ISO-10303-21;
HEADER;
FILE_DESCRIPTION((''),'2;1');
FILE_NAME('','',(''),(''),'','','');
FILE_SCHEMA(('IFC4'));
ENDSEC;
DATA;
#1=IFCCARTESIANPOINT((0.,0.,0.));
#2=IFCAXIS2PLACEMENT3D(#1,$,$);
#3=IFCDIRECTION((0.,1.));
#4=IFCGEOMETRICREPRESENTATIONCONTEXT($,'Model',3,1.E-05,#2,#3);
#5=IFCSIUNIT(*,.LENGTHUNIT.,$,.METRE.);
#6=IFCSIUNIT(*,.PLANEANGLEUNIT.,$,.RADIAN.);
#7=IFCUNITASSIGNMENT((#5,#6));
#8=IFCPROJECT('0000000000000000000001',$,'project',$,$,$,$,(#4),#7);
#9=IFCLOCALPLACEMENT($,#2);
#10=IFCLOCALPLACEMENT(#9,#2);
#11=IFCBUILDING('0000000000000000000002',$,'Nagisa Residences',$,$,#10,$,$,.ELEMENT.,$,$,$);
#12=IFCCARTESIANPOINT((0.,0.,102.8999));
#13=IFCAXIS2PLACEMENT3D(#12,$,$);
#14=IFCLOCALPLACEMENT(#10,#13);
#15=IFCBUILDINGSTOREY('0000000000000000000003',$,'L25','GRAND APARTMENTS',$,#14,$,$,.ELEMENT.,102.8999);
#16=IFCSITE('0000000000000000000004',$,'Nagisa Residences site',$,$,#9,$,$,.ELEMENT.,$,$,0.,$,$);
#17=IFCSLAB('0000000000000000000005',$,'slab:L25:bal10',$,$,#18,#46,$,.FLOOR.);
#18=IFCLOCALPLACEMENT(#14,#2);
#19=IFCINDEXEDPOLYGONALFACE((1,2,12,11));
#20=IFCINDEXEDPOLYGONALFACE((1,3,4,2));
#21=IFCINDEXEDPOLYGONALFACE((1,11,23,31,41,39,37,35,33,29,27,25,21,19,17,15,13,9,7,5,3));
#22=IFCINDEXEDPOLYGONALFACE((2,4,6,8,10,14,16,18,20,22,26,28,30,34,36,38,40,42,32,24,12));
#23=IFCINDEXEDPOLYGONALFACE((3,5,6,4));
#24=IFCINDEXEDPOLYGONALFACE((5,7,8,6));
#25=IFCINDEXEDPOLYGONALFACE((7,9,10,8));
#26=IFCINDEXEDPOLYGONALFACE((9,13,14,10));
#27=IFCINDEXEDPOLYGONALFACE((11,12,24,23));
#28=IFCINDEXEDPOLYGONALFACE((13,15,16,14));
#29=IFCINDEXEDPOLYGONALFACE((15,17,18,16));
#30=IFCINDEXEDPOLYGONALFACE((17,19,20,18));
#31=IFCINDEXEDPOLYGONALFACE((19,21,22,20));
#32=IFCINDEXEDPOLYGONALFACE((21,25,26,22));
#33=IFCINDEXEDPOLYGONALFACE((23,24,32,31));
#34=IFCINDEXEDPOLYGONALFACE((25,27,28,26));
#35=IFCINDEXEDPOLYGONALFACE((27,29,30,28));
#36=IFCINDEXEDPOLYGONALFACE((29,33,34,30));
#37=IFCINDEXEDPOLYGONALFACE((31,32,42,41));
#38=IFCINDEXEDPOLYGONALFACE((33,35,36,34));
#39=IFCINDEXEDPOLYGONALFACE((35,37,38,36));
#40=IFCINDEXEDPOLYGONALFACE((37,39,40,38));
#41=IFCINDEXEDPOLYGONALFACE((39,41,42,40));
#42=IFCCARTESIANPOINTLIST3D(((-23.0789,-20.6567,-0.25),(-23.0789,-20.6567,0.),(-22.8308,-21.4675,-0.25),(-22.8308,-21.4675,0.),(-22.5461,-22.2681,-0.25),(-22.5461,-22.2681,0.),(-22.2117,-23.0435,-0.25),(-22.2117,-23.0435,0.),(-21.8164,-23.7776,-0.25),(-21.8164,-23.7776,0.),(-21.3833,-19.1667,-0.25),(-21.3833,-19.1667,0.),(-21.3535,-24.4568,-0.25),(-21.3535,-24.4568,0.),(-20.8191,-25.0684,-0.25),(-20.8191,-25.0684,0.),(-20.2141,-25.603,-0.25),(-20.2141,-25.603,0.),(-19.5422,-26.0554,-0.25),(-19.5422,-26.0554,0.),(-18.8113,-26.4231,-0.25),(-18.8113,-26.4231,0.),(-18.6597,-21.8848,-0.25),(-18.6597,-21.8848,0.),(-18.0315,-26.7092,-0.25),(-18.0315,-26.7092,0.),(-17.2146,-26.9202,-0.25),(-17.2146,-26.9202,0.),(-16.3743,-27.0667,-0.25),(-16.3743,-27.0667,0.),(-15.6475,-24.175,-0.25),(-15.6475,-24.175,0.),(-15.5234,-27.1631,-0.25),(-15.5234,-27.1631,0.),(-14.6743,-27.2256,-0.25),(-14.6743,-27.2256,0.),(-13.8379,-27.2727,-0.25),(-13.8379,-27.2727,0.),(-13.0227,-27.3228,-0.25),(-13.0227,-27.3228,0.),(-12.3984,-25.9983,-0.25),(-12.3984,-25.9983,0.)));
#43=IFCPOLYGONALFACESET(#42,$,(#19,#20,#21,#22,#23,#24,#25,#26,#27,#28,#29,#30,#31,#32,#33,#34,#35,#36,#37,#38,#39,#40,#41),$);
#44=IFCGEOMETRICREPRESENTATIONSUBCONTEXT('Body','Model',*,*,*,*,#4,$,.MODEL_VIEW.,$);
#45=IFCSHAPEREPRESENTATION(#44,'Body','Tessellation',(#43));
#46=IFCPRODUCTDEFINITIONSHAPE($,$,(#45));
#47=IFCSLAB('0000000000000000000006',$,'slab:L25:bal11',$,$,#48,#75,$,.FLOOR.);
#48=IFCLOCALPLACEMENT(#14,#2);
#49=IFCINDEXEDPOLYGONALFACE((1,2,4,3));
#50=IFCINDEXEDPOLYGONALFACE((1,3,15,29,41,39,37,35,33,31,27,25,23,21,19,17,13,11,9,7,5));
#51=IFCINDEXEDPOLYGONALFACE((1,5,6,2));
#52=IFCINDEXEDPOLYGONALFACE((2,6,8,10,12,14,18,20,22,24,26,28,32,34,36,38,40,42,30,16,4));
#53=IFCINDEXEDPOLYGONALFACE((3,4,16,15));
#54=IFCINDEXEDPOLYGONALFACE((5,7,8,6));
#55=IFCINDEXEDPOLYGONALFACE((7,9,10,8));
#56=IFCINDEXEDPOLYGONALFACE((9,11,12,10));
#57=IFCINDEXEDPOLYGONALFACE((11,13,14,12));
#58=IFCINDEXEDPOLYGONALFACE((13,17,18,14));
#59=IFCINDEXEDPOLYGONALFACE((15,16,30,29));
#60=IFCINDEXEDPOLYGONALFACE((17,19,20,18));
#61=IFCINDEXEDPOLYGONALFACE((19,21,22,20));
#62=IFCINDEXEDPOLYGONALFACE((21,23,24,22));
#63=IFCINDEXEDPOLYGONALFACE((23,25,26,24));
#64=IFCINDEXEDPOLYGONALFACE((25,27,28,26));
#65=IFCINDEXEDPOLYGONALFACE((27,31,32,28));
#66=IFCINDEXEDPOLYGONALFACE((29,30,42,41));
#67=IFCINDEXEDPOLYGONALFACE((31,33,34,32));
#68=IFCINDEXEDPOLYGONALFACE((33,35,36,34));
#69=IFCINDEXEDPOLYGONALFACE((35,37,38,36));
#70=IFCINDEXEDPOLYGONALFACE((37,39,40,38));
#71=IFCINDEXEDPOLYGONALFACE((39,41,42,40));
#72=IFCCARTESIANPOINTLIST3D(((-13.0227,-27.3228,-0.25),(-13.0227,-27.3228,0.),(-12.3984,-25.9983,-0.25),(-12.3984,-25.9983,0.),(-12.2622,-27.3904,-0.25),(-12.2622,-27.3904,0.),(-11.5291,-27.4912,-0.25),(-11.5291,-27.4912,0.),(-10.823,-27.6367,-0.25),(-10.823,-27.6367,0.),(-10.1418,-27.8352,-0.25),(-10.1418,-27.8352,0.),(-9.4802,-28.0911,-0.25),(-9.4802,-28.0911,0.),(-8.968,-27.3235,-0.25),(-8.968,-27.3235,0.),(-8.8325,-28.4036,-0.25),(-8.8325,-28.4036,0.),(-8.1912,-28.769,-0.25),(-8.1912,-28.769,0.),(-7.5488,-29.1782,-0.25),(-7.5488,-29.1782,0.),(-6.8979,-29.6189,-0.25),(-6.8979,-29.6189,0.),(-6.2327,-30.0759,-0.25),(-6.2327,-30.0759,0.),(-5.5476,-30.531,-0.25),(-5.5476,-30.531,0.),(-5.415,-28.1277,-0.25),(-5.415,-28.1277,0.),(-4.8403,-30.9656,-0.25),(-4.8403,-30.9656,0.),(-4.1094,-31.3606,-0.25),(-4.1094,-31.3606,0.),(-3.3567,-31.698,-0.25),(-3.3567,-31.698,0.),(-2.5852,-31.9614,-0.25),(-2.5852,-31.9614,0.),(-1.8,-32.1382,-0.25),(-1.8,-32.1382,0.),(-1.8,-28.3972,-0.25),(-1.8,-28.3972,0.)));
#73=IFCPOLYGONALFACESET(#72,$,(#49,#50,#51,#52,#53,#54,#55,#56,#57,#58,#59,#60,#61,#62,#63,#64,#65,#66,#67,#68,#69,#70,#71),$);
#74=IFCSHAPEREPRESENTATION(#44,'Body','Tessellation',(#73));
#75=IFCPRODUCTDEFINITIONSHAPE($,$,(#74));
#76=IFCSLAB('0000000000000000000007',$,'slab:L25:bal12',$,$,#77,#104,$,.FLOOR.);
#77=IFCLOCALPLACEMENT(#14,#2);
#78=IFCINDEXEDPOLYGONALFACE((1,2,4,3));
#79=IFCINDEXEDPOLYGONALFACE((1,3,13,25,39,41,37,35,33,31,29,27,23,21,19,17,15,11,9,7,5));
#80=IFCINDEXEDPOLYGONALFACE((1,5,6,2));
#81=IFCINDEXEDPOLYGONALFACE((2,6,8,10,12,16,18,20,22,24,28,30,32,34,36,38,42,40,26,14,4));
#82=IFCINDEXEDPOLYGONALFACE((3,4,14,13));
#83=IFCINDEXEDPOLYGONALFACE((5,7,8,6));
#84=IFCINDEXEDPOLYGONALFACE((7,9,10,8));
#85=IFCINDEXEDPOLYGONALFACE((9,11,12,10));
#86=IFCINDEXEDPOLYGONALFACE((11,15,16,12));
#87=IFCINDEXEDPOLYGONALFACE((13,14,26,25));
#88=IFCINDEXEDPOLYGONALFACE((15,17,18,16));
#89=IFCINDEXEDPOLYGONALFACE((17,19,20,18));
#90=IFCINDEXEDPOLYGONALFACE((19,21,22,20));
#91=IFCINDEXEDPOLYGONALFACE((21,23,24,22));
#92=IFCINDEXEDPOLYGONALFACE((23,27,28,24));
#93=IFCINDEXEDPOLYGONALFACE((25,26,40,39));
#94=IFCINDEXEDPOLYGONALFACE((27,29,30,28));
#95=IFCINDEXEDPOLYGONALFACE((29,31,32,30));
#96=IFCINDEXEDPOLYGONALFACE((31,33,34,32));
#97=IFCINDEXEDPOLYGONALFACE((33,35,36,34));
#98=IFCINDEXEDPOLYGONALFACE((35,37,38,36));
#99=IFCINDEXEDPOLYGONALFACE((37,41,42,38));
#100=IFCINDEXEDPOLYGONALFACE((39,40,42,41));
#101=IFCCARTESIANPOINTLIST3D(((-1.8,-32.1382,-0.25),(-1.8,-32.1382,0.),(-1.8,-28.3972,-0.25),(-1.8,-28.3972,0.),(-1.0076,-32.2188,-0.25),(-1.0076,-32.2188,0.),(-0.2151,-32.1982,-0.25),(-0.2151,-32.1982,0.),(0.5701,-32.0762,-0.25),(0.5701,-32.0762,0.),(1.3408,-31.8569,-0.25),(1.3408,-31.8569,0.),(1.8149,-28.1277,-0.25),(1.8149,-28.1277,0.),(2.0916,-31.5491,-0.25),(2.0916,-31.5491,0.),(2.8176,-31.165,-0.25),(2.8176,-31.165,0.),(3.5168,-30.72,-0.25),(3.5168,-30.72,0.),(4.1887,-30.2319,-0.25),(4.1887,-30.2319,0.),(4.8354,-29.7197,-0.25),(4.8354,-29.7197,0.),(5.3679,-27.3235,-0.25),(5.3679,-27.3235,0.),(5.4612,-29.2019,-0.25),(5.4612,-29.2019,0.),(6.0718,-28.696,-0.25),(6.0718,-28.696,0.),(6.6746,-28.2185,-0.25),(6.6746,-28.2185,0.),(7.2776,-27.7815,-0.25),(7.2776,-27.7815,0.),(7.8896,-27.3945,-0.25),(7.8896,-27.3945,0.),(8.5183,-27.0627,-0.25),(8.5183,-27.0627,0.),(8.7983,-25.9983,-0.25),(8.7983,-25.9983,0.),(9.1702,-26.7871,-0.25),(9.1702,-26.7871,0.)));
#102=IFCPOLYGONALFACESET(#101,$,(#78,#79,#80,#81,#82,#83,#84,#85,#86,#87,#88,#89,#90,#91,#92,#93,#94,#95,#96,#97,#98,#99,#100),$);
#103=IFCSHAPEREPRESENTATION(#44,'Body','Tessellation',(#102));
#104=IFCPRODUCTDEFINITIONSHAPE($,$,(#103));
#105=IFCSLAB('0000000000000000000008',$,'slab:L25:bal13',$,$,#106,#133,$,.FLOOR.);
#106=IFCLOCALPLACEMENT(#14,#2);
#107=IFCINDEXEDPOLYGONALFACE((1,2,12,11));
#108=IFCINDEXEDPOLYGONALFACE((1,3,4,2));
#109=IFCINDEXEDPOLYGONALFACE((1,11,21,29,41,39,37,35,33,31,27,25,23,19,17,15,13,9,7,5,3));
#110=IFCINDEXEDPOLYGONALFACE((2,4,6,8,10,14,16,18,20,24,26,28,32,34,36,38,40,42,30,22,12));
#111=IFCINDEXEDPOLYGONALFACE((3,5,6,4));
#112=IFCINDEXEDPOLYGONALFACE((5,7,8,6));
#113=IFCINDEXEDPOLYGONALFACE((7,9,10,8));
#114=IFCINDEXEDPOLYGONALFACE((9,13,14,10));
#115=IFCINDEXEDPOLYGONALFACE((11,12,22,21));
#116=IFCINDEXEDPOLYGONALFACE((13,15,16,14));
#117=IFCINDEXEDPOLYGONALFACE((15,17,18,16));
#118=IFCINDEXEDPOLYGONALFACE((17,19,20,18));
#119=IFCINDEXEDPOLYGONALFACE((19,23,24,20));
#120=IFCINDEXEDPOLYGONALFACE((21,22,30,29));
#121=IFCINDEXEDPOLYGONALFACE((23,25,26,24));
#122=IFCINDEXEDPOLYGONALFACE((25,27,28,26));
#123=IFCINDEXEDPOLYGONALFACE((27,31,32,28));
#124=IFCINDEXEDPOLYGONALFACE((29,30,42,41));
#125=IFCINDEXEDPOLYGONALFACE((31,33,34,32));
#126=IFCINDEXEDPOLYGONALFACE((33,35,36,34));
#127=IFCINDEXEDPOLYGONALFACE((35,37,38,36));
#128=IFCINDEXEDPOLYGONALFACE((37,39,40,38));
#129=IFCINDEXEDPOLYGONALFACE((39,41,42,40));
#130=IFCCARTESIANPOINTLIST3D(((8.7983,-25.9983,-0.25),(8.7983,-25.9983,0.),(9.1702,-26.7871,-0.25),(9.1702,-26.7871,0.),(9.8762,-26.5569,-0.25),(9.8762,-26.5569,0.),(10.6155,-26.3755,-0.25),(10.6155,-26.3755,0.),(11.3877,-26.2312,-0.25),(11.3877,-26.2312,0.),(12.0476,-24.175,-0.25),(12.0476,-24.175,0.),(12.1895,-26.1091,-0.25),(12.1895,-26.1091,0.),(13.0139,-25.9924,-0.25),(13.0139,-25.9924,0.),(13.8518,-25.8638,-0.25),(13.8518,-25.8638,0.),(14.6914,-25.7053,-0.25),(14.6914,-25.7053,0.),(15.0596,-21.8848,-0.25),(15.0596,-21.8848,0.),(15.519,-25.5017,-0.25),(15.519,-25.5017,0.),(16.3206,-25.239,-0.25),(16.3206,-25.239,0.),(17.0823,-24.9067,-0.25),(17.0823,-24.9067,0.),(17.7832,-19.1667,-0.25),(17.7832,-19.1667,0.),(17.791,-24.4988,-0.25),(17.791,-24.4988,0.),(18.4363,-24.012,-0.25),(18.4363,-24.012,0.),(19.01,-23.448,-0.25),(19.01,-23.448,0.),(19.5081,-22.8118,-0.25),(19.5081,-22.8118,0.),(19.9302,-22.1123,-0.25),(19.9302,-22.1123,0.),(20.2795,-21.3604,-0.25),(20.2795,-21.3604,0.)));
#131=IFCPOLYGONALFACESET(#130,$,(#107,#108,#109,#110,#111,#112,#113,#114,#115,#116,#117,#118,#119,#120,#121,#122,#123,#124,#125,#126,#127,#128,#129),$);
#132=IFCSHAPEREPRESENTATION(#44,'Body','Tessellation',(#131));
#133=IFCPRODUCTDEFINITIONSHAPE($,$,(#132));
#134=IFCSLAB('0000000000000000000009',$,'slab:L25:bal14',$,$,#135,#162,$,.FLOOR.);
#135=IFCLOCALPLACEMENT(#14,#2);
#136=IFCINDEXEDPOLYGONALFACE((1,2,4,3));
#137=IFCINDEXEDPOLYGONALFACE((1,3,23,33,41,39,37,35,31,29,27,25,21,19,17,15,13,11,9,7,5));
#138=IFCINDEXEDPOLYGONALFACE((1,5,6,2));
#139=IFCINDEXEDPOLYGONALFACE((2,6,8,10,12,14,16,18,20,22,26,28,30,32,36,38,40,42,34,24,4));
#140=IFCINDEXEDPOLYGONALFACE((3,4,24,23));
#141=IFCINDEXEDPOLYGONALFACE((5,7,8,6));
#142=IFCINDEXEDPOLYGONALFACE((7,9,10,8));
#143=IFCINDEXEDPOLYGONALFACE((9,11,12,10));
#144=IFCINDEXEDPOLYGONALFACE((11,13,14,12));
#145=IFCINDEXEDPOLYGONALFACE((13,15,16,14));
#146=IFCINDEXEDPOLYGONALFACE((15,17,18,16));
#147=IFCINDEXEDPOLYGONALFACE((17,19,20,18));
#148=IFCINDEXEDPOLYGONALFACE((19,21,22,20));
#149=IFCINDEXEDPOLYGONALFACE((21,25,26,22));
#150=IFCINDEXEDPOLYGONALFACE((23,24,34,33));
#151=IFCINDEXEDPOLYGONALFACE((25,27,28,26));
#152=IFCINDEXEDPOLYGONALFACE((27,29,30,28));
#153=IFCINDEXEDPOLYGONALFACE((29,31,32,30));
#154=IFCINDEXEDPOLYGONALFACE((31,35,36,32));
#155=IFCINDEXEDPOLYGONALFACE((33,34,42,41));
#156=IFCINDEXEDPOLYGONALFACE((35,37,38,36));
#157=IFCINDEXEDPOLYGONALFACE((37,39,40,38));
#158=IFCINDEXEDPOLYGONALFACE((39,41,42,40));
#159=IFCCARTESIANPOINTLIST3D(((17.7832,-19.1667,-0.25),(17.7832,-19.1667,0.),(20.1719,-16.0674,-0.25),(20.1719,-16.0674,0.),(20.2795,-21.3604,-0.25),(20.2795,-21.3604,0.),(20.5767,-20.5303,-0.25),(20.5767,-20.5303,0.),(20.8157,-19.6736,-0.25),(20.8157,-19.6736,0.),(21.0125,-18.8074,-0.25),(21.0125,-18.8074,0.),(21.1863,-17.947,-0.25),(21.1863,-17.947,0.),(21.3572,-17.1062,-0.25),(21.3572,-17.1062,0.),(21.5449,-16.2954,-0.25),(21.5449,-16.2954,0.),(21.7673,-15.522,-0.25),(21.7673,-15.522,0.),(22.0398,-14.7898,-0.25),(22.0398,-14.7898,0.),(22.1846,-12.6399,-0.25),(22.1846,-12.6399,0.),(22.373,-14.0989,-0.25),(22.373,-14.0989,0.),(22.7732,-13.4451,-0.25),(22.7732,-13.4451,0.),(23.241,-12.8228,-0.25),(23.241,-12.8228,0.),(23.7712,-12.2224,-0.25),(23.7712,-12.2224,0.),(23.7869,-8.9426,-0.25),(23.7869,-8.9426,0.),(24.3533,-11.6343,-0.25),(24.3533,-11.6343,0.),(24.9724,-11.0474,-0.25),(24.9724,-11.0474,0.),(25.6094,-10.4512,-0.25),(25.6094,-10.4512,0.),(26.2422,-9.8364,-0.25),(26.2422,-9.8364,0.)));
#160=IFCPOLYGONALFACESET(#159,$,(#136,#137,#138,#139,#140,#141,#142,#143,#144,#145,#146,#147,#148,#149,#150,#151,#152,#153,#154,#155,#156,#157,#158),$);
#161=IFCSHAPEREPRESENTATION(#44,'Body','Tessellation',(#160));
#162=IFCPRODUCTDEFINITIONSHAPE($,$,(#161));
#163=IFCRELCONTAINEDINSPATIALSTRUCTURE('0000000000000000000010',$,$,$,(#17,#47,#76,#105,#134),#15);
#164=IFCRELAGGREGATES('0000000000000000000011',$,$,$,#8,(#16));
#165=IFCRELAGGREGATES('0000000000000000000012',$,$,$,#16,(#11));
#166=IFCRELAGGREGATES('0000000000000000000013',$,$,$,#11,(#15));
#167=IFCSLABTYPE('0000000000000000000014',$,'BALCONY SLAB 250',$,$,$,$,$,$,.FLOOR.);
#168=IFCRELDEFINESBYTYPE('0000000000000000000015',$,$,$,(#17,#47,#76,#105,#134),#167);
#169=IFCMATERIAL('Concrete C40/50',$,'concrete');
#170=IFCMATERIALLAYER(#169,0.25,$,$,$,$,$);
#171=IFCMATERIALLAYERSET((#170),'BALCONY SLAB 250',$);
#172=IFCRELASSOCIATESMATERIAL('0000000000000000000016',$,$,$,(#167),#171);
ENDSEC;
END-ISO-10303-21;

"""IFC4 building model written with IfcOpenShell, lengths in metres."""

from ifc_helpers import new_model, si_unit, direction, frame, origin, place, context, subcontext, project, spatial, polyline, outline, extrude, material, layer, layer_set, type_object, element, save


model = new_model("IFC4")

# Units and contexts
model_context = context("Model", 3, precision=1e-05, world=origin(), true_north=direction((0.0, 1.0)))
body_context = subcontext(model_context, "Body", "Model", "MODEL_VIEW")
ifc_project = project(units=[si_unit("LENGTHUNIT", "METRE"), si_unit("PLANEANGLEUNIT", "RADIAN")], contexts=[model_context])

# Site, building, storey
site_placement = place(None, origin())
site = spatial("IfcSite", under=ifc_project, at=site_placement, Name="Nagisa Residences site", CompositionType="ELEMENT", RefElevation=0.0)
building_placement = place(site_placement, origin())
building = spatial("IfcBuilding", under=site, at=building_placement, Name="Nagisa Residences", CompositionType="ELEMENT")
storey_placement = place(building_placement, frame((0.0, 0.0, 102.8999)))
storey = spatial("IfcBuildingStorey", under=building, at=storey_placement, Name="L25", Description="GRAND APARTMENTS", CompositionType="ELEMENT", Elevation=102.8999)

# Slabs
ifc_material_1 = material(Name="Concrete C40/50", Category="concrete")
ifc_layer_1 = layer(ifc_material_1, 0.25)
ifc_layer_set_1 = layer_set([ifc_layer_1], Name="BALCONY SLAB 250")
slab_type_1 = type_object("IfcSlabType", Name="BALCONY SLAB 250", PredefinedType="FLOOR", material=ifc_layer_set_1)
slab_1_placement = place(storey_placement, frame((0.0, 0.0, -0.25)))
element("IfcSlab", 1, at=slab_1_placement, inside=storey, type_object=slab_type_1, Name="slab:L25:bal10", PredefinedType="FLOOR", context=body_context, shape_type="SweptSolid", body=[
    extrude(outline(polyline([(-23.0789, -20.6567), (-22.8308, -21.4675), (-22.5461, -22.2681), (-22.2117, -23.0435), (-21.8164, -23.7776), (-21.3535, -24.4568), (-20.8191, -25.0684), (-20.2141, -25.603), (-19.5422, -26.0554), (-18.8113, -26.4231), (-18.0315, -26.7092), (-17.2146, -26.9202), (-16.3743, -27.0667), (-15.5234, -27.1631), (-14.6743, -27.2256), (-13.8379, -27.2727), (-13.0227, -27.3228), (-12.3984, -25.9983), (-15.6475, -24.175), (-18.6597, -21.8848), (-21.3833, -19.1667), (-23.0789, -20.6567)])), origin(), (0.0, 0.0, 1.0), 0.25),
])
slab_2_placement = place(storey_placement, frame((0.0, 0.0, -0.25)))
element("IfcSlab", 2, at=slab_2_placement, inside=storey, type_object=slab_type_1, Name="slab:L25:bal11", PredefinedType="FLOOR", context=body_context, shape_type="SweptSolid", body=[
    extrude(outline(polyline([(-13.0227, -27.3228), (-12.2622, -27.3904), (-11.5291, -27.4912), (-10.823, -27.6367), (-10.1418, -27.8352), (-9.4802, -28.0911), (-8.8325, -28.4036), (-8.1912, -28.769), (-7.5488, -29.1782), (-6.8979, -29.6189), (-6.2327, -30.0759), (-5.5476, -30.531), (-4.8403, -30.9656), (-4.1094, -31.3606), (-3.3567, -31.698), (-2.5852, -31.9614), (-1.8, -32.1382), (-1.8, -28.3972), (-5.415, -28.1277), (-8.968, -27.3235), (-12.3984, -25.9983), (-13.0227, -27.3228)])), origin(), (0.0, 0.0, 1.0), 0.25),
])
slab_3_placement = place(storey_placement, frame((0.0, 0.0, -0.25)))
element("IfcSlab", 3, at=slab_3_placement, inside=storey, type_object=slab_type_1, Name="slab:L25:bal12", PredefinedType="FLOOR", context=body_context, shape_type="SweptSolid", body=[
    extrude(outline(polyline([(-1.8, -32.1382), (-1.0076, -32.2188), (-0.2151, -32.1982), (0.5701, -32.0762), (1.3408, -31.8569), (2.0916, -31.5491), (2.8176, -31.165), (3.5168, -30.72), (4.1887, -30.2319), (4.8354, -29.7197), (5.4612, -29.2019), (6.0718, -28.696), (6.6746, -28.2185), (7.2776, -27.7815), (7.8896, -27.3945), (8.5183, -27.0627), (9.1702, -26.7871), (8.7983, -25.9983), (5.3679, -27.3235), (1.8149, -28.1277), (-1.8, -28.3972), (-1.8, -32.1382)])), origin(), (0.0, 0.0, 1.0), 0.25),
])
slab_4_placement = place(storey_placement, frame((0.0, 0.0, -0.25)))
element("IfcSlab", 4, at=slab_4_placement, inside=storey, type_object=slab_type_1, Name="slab:L25:bal13", PredefinedType="FLOOR", context=body_context, shape_type="SweptSolid", body=[
    extrude(outline(polyline([(9.1702, -26.7871), (9.8762, -26.5569), (10.6155, -26.3755), (11.3877, -26.2312), (12.1895, -26.1091), (13.0139, -25.9924), (13.8518, -25.8638), (14.6914, -25.7053), (15.519, -25.5017), (16.3206, -25.239), (17.0823, -24.9067), (17.791, -24.4988), (18.4363, -24.012), (19.01, -23.448), (19.5081, -22.8118), (19.9302, -22.1123), (20.2795, -21.3604), (17.7832, -19.1667), (15.0596, -21.8848), (12.0476, -24.175), (8.7983, -25.9983), (9.1702, -26.7871)])), origin(), (0.0, 0.0, 1.0), 0.25),
])
slab_5_placement = place(storey_placement, frame((0.0, 0.0, -0.25)))
element("IfcSlab", 5, at=slab_5_placement, inside=storey, type_object=slab_type_1, Name="slab:L25:bal14", PredefinedType="FLOOR", context=body_context, shape_type="SweptSolid", body=[
    extrude(outline(polyline([(20.2795, -21.3604), (20.5767, -20.5303), (20.8157, -19.6736), (21.0125, -18.8074), (21.1863, -17.947), (21.3572, -17.1062), (21.5449, -16.2954), (21.7673, -15.522), (22.0398, -14.7898), (22.373, -14.0989), (22.7732, -13.4451), (23.241, -12.8228), (23.7712, -12.2224), (24.3533, -11.6343), (24.9724, -11.0474), (25.6094, -10.4512), (26.2422, -9.8364), (23.7869, -8.9426), (22.1846, -12.6399), (20.1719, -16.0674), (17.7832, -19.1667), (20.2795, -21.3604)])), origin(), (0.0, 0.0, 1.0), 0.25),
])

save(model, "model.ifc")
